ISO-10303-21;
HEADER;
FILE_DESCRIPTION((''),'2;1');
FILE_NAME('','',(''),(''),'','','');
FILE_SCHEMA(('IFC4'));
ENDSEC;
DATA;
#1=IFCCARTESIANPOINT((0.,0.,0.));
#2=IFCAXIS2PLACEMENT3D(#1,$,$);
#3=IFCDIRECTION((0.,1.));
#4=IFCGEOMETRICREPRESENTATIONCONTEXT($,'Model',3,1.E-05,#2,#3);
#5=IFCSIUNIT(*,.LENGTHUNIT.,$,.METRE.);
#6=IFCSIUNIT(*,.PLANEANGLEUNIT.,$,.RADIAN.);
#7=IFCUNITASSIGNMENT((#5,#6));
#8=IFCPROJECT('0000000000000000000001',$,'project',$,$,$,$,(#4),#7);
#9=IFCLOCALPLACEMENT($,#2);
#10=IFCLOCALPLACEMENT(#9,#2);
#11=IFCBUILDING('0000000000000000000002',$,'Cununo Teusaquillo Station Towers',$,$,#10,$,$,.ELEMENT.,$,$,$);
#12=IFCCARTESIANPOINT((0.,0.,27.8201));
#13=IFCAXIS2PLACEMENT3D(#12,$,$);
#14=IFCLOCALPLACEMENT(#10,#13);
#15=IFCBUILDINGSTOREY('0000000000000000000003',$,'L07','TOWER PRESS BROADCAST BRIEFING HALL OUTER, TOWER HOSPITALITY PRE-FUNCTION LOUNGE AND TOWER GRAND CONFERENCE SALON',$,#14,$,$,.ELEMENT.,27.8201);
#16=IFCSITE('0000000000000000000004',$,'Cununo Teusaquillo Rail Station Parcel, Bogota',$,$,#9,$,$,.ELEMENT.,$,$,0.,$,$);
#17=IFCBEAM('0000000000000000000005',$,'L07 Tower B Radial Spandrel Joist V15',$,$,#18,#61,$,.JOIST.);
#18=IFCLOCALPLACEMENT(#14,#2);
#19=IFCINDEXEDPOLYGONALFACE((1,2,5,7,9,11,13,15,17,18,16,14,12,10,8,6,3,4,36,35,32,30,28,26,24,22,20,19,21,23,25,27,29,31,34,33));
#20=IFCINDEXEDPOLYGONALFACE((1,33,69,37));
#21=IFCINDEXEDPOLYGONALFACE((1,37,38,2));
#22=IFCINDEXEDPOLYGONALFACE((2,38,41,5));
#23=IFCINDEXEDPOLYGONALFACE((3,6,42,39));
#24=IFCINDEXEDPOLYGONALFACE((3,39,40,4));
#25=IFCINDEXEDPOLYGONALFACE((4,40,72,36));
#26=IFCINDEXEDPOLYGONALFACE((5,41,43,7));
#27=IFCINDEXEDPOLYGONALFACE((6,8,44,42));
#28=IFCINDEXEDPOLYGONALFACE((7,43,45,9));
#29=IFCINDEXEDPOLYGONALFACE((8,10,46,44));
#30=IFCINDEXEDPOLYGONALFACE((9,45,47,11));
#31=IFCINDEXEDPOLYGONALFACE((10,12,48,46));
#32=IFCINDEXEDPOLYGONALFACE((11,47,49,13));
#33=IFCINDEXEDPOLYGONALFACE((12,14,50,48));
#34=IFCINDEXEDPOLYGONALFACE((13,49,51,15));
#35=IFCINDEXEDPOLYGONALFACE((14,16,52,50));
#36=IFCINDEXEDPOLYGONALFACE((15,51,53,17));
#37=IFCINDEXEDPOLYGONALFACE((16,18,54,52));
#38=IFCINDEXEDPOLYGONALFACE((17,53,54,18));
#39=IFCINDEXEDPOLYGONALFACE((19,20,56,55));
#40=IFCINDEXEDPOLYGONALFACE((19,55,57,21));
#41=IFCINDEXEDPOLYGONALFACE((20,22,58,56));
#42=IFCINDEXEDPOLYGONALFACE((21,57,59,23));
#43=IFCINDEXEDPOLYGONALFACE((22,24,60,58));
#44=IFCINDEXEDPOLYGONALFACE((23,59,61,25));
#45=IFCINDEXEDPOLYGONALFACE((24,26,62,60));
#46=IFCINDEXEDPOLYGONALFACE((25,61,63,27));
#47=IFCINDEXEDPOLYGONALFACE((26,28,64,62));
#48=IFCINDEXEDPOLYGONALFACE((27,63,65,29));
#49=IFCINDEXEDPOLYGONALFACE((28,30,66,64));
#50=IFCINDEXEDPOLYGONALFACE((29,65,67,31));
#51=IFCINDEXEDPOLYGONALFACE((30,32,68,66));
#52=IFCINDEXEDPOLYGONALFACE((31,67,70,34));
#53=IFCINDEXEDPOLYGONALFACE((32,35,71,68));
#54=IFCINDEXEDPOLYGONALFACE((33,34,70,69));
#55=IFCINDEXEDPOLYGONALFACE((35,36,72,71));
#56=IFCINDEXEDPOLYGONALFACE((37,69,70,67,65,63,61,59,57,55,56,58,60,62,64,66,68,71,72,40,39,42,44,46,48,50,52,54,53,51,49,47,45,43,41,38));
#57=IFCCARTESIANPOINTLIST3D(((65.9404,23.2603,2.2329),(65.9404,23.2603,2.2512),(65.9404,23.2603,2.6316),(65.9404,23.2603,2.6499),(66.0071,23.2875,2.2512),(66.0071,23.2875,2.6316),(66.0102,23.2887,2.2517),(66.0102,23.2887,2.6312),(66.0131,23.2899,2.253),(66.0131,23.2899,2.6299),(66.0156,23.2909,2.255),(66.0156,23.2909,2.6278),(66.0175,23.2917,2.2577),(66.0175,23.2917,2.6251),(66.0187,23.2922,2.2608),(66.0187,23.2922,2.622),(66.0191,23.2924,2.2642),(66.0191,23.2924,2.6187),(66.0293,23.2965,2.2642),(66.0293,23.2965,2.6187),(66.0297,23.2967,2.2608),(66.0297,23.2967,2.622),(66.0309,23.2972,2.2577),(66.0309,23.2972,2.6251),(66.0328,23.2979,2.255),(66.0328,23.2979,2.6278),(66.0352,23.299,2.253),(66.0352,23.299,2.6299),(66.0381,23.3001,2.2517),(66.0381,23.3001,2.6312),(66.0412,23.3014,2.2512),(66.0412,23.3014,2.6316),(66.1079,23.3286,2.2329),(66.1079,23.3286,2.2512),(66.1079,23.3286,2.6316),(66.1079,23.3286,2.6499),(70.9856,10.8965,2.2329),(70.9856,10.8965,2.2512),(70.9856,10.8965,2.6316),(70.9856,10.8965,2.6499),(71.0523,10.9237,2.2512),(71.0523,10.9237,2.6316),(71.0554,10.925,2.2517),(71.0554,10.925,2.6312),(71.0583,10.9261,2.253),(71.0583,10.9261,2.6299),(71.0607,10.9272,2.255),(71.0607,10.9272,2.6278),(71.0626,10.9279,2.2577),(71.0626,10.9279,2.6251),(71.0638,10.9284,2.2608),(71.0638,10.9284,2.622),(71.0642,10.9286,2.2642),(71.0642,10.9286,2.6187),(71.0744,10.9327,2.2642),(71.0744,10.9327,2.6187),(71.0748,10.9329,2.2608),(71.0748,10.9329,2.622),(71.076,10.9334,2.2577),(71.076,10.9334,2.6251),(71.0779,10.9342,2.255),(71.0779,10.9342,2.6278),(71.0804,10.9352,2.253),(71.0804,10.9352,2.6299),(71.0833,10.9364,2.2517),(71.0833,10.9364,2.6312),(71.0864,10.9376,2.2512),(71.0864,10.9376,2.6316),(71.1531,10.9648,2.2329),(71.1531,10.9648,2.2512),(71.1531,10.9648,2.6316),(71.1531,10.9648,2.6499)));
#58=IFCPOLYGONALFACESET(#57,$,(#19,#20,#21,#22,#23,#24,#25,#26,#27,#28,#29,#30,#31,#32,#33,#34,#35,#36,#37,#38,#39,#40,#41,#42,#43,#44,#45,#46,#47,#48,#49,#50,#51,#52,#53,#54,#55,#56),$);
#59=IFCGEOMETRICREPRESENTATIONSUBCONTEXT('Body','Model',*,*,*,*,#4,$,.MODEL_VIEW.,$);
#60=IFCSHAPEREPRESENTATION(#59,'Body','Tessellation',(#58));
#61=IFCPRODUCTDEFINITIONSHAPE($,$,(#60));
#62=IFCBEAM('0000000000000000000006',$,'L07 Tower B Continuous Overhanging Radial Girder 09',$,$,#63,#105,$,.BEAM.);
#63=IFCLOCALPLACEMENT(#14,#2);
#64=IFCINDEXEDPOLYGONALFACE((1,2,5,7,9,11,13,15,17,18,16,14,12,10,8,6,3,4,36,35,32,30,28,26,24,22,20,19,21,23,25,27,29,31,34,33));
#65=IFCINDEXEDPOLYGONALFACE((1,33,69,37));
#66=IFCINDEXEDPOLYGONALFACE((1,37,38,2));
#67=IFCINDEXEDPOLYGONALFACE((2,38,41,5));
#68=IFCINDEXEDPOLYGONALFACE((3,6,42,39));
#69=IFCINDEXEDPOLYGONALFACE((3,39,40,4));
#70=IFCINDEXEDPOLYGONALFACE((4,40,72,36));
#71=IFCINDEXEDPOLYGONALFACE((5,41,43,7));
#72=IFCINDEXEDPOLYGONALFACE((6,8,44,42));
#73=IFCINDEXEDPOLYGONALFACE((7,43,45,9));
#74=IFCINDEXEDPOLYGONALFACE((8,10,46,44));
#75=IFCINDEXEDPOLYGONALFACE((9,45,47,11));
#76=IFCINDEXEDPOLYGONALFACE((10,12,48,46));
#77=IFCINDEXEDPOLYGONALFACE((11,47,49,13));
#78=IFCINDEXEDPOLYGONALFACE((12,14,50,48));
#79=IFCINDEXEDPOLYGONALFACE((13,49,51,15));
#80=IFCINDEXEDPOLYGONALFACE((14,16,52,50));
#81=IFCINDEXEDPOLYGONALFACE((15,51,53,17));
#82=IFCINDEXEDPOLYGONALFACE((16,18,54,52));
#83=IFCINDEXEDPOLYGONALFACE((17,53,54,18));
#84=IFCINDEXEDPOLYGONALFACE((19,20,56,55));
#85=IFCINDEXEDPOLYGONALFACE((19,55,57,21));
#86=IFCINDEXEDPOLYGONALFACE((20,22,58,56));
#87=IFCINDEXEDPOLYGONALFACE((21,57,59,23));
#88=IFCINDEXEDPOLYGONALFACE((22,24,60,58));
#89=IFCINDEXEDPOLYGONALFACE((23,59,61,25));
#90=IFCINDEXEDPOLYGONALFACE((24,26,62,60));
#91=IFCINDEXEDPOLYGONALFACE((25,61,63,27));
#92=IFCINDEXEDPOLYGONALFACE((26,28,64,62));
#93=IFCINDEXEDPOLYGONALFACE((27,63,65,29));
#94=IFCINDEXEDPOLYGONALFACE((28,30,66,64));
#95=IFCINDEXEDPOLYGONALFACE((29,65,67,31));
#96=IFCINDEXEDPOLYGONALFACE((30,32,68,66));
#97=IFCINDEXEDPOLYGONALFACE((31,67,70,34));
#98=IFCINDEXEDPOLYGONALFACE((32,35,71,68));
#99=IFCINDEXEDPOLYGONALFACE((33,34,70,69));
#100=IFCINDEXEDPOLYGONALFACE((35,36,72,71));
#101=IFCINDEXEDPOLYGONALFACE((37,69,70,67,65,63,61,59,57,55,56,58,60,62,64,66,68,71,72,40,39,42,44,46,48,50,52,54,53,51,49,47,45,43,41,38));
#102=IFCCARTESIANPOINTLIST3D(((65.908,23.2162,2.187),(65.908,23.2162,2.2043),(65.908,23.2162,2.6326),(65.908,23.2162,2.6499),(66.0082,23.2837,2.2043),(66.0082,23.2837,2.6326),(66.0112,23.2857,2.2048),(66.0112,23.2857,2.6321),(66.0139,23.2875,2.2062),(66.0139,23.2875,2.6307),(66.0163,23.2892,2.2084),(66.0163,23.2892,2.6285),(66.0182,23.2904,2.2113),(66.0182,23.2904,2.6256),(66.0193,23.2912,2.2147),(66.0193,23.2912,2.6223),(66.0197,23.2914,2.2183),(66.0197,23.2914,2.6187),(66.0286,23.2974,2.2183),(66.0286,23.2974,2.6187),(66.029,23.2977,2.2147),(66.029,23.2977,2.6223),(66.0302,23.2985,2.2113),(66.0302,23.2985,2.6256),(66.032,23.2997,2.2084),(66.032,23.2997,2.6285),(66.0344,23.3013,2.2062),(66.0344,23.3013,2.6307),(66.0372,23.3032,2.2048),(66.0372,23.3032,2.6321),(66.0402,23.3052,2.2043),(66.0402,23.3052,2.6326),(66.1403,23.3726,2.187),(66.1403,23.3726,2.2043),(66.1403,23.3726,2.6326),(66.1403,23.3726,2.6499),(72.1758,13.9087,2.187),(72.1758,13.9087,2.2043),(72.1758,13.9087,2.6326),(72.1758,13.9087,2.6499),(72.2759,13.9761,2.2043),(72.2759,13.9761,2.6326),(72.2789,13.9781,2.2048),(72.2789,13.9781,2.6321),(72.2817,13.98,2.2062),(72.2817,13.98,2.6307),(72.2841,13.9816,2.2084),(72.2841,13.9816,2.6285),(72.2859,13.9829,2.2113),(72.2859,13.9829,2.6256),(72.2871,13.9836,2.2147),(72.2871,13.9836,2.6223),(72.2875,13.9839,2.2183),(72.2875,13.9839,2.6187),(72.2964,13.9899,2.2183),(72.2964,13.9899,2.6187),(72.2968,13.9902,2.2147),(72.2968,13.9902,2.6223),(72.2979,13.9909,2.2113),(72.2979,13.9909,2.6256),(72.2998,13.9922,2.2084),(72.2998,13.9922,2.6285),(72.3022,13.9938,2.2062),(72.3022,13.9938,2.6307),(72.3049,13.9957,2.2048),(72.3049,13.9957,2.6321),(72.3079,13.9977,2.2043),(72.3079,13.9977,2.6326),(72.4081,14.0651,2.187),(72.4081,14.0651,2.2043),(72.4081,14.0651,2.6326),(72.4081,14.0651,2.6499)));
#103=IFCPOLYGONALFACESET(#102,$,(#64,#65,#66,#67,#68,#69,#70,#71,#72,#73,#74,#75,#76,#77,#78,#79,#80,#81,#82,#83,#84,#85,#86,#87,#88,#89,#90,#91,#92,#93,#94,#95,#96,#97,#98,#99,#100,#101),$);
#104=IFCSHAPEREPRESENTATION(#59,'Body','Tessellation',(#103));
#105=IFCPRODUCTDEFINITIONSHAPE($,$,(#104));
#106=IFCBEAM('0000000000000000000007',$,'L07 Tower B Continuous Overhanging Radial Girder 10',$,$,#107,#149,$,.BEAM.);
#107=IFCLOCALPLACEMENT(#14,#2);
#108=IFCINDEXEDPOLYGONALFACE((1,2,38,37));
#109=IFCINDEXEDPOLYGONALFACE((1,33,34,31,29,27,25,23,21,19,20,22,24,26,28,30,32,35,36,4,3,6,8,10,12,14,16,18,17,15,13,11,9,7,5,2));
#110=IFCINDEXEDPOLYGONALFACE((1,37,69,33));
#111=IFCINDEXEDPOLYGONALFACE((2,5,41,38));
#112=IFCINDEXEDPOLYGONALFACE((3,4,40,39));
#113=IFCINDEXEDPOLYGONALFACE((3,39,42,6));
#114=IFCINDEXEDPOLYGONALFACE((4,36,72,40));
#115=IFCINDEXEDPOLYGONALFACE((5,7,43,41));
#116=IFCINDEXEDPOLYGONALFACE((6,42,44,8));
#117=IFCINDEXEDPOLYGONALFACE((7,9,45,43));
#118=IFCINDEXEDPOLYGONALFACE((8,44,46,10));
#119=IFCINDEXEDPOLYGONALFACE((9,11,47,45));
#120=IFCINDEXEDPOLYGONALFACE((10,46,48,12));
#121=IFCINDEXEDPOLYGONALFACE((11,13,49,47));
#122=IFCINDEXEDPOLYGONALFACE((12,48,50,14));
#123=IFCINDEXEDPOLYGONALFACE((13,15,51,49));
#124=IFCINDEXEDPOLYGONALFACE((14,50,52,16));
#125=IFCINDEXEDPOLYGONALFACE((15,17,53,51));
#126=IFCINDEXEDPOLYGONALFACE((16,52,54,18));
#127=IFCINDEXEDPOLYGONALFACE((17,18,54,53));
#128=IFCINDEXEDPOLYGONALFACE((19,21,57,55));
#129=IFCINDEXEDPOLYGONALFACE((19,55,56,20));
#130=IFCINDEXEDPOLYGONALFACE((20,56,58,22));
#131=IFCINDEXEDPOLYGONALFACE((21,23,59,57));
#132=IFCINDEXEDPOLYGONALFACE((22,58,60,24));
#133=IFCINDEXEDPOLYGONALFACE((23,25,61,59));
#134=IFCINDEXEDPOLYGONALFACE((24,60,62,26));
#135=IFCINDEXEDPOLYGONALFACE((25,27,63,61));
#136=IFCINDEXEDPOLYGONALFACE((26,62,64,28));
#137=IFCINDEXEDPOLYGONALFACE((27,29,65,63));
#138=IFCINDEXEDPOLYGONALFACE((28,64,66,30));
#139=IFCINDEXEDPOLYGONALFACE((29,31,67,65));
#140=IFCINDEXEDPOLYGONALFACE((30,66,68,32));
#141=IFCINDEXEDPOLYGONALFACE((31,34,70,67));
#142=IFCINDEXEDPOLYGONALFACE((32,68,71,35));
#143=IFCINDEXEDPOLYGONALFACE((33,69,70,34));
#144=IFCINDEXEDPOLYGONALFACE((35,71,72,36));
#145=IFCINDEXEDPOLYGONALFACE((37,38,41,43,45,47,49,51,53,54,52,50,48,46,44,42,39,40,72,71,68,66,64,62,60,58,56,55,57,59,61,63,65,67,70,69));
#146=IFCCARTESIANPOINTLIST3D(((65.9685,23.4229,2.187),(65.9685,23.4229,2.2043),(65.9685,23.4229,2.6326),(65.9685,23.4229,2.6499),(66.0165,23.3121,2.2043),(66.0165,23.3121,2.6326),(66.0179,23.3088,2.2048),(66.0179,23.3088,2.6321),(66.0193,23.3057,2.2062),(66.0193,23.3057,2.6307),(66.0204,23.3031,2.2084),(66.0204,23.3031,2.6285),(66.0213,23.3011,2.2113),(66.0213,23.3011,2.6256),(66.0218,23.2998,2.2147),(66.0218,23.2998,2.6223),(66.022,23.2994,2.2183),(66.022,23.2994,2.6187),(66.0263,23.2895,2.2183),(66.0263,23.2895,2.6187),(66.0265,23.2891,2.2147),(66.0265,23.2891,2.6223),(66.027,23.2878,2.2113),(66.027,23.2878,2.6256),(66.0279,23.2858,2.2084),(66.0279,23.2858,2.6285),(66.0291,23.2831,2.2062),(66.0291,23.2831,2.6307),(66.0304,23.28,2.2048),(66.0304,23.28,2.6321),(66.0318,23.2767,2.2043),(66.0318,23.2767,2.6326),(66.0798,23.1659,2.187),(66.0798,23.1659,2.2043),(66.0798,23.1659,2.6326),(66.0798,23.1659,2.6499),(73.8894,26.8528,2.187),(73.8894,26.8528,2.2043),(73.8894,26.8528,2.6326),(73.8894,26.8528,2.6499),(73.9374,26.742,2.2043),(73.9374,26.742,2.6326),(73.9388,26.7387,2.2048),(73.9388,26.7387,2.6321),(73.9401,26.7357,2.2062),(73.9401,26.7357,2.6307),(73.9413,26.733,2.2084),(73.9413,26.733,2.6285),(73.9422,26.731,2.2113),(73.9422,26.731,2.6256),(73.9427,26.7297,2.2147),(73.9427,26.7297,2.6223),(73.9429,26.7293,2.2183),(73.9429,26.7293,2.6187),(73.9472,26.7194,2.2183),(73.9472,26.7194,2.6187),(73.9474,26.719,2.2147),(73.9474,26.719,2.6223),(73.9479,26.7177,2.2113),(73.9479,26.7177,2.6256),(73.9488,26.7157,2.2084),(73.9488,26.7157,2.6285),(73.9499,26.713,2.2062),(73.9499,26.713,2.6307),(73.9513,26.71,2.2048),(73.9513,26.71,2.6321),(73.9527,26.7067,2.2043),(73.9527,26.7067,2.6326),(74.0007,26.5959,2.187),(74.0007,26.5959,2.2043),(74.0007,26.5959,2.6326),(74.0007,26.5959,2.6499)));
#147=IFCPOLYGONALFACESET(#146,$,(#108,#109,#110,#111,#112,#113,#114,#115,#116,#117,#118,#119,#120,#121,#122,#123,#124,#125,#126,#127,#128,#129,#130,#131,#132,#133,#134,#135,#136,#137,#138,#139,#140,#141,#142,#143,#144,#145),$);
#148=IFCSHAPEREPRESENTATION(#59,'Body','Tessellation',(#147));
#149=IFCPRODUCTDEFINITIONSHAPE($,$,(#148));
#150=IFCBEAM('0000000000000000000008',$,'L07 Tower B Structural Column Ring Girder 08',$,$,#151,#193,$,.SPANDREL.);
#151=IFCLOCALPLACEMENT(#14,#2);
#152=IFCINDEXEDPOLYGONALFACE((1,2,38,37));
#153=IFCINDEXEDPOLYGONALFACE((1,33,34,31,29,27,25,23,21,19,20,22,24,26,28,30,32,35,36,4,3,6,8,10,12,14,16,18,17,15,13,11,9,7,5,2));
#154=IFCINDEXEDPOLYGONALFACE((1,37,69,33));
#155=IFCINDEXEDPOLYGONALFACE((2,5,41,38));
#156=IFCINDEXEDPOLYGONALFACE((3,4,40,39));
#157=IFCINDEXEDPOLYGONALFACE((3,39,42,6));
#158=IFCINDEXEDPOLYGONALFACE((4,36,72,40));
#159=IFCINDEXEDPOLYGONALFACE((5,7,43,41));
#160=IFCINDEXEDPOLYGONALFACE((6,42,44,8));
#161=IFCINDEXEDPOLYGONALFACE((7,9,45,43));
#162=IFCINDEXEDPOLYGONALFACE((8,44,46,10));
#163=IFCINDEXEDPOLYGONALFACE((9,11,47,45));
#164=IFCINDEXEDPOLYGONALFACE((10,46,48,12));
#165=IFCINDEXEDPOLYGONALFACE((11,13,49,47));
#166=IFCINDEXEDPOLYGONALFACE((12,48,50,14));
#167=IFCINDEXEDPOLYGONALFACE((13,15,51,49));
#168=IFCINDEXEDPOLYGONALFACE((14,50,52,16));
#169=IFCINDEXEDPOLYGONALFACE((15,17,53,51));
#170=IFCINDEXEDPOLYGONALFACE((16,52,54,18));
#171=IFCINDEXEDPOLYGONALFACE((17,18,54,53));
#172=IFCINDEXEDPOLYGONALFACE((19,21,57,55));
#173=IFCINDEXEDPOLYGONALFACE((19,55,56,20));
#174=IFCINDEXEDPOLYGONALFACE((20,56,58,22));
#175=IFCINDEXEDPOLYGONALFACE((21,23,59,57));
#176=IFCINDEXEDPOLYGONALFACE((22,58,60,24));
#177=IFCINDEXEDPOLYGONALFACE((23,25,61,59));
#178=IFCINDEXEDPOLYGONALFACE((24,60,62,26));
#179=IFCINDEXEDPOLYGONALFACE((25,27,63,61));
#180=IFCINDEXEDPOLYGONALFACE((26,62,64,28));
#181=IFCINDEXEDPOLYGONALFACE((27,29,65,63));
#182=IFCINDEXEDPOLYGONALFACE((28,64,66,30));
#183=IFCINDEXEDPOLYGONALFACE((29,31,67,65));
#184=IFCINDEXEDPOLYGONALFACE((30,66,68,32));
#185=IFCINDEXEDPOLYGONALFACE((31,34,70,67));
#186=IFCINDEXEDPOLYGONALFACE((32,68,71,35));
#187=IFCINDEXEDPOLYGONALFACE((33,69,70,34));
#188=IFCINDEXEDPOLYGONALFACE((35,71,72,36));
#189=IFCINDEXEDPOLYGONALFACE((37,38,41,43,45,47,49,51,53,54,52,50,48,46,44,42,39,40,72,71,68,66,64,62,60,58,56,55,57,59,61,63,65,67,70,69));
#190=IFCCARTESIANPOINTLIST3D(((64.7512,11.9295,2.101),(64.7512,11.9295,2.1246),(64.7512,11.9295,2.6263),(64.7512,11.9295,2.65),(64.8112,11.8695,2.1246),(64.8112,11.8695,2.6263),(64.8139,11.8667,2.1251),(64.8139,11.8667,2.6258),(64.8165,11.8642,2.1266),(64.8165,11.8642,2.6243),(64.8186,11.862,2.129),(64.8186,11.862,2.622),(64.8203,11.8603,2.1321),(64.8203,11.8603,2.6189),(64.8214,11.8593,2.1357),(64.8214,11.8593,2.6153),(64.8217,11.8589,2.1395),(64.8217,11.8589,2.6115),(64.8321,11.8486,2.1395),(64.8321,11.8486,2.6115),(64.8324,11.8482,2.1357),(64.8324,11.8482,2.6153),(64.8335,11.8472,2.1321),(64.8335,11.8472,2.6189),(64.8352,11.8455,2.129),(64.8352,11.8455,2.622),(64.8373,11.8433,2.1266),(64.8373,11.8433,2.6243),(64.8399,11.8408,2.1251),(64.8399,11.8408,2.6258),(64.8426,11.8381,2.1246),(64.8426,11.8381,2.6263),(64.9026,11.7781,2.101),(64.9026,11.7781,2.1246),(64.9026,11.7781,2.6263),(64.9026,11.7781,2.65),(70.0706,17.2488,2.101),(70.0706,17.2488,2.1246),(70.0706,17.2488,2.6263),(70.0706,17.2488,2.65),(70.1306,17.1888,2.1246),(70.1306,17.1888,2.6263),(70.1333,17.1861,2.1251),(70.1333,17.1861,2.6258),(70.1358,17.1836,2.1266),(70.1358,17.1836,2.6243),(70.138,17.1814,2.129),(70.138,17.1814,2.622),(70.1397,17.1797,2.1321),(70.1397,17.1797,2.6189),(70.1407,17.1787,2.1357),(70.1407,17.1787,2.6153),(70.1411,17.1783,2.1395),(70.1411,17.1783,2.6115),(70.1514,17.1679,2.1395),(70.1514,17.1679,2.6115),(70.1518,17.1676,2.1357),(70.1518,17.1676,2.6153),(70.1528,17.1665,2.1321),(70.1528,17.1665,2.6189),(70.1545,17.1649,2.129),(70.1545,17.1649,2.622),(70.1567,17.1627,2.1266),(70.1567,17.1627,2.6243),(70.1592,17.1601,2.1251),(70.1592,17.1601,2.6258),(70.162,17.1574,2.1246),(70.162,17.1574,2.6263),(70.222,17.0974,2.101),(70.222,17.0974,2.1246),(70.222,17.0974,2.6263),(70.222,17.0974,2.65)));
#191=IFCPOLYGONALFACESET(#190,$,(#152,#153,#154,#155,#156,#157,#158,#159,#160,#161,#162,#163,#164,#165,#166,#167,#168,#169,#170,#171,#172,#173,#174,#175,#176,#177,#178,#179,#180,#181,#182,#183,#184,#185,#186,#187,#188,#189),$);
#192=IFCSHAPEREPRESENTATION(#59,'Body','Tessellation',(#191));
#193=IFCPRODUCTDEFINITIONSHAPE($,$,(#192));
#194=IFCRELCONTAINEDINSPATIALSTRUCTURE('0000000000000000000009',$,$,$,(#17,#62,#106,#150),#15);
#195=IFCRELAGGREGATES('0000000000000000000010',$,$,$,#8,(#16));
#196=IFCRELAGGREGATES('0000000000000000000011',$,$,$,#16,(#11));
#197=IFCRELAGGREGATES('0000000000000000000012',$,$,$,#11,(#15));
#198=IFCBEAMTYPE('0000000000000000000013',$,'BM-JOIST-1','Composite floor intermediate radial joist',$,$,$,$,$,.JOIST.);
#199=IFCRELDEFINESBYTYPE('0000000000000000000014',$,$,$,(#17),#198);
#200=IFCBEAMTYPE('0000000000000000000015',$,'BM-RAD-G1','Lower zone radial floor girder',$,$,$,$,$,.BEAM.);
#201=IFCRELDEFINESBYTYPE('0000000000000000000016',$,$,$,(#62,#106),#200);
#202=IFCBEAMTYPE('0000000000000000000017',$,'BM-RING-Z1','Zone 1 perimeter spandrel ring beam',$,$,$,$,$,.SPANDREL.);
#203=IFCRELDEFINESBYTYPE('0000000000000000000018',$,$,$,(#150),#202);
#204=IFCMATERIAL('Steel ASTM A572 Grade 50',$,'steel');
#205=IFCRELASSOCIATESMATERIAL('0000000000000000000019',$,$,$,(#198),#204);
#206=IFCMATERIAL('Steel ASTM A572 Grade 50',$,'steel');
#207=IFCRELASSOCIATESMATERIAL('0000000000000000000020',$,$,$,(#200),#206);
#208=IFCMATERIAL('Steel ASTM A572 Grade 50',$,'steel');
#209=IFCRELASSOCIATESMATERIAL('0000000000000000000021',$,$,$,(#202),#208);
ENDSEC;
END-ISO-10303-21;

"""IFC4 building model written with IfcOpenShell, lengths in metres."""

from ifc_helpers import new_model, si_unit, direction, frame, origin, origin_2d, place, context, subcontext, project, spatial, i_section, extrude, material, material_profile, profile_set, type_object, element, save


model = new_model("IFC4")

# Units and contexts
model_context = context("Model", 3, precision=1e-05, world=origin(), true_north=direction((0.0, 1.0)))
body_context = subcontext(model_context, "Body", "Model", "MODEL_VIEW")
ifc_project = project(units=[si_unit("LENGTHUNIT", "METRE"), si_unit("PLANEANGLEUNIT", "RADIAN")], contexts=[model_context])

# Site, building, storey
site_placement = place(None, origin())
site = spatial("IfcSite", under=ifc_project, at=site_placement, Name="Cununo Teusaquillo Rail Station Parcel, Bogota", CompositionType="ELEMENT", RefElevation=0.0)
building_placement = place(site_placement, origin())
building = spatial("IfcBuilding", under=site, at=building_placement, Name="Cununo Teusaquillo Station Towers", CompositionType="ELEMENT")
storey_placement = place(building_placement, frame((0.0, 0.0, 27.8201)))
storey = spatial("IfcBuildingStorey", under=building, at=storey_placement, Name="L07", Description="TOWER PRESS BROADCAST BRIEFING HALL OUTER, TOWER HOSPITALITY PRE-FUNCTION LOUNGE AND TOWER GRAND CONFERENCE SALON", CompositionType="ELEMENT", Elevation=27.8201)

# Beams
ifc_material_1 = material(Name="Steel ASTM A572 Grade 50", Category="steel")
ifc_material_profile_1 = material_profile(ifc_material_1, i_section(OverallWidth=0.1809, OverallDepth=0.417, WebThickness=0.011, FlangeThickness=0.0183, FilletRadius=0.0129, at=origin_2d()), Name="W16X57")
ifc_profile_set_1 = profile_set([ifc_material_profile_1], Name="Steel ASTM A572 Grade 50")
beam_type_1 = type_object("IfcBeamType", Name="BM-JOIST-1", Description="Composite floor intermediate radial joist", PredefinedType="JOIST", material=ifc_profile_set_1)
beam_1_placement = place(storey_placement, frame((66.0242, 23.2944, 2.4414), z_axis=(0.377815, -0.925881, 0.0), x_axis=(0.925881, 0.377815, 0.0)))
element("IfcBeam", 1, at=beam_1_placement, inside=storey, type_object=beam_type_1, Name="L07 Tower B Radial Spandrel Joist V15", PredefinedType="JOIST", context=body_context, shape_type="SweptSolid", body=[
    extrude(i_section(OverallWidth=0.1809, OverallDepth=0.417, WebThickness=0.011, FlangeThickness=0.0183, FilletRadius=0.0129, at=origin_2d()), origin(), (0.0, 0.0, 1.0), 13.3535),
])
ifc_material_2 = material(Name="Steel ASTM A572 Grade 50", Category="steel")
ifc_material_profile_2 = material_profile(ifc_material_2, i_section(OverallWidth=0.28, OverallDepth=0.4629, WebThickness=0.0107, FlangeThickness=0.0173, FilletRadius=0.0139, at=origin_2d()), Name="W18X76")
ifc_profile_set_2 = profile_set([ifc_material_profile_2], Name="Steel ASTM A572 Grade 50")
beam_type_2 = type_object("IfcBeamType", Name="BM-RAD-G1", Description="Lower zone radial floor girder", PredefinedType="BEAM", material=ifc_profile_set_2)
beam_2_placement = place(storey_placement, frame((66.0242, 23.2944, 2.4185), z_axis=(0.558565, -0.829461, 0.0), x_axis=(0.829461, 0.558565, 0.0)))
element("IfcBeam", 2, at=beam_2_placement, inside=storey, type_object=beam_type_2, Name="L07 Tower B Continuous Overhanging Radial Girder 09", PredefinedType="BEAM", context=body_context, shape_type="SweptSolid", body=[
    extrude(i_section(OverallWidth=0.28, OverallDepth=0.4629, WebThickness=0.0107, FlangeThickness=0.0173, FilletRadius=0.0139, at=origin_2d()), origin(), (0.0, 0.0, 1.0), 11.2212),
])
beam_3_placement = place(storey_placement, frame((66.0242, 23.2944, 2.4185), z_axis=(0.917659, 0.397368, 0.0), x_axis=(-0.397368, 0.917659, 0.0)))
element("IfcBeam", 3, at=beam_3_placement, inside=storey, type_object=beam_type_2, Name="L07 Tower B Continuous Overhanging Radial Girder 10", PredefinedType="BEAM", context=body_context, shape_type="SweptSolid", body=[
    extrude(i_section(OverallWidth=0.28, OverallDepth=0.4629, WebThickness=0.0107, FlangeThickness=0.0173, FilletRadius=0.0139, at=origin_2d()), origin(), (0.0, 0.0, 1.0), 8.6316),
])
ifc_material_3 = material(Name="Steel ASTM A572 Grade 50", Category="steel")
ifc_material_profile_3 = material_profile(ifc_material_3, i_section(OverallWidth=0.2141, OverallDepth=0.5491, WebThickness=0.0146, FlangeThickness=0.0237, FilletRadius=0.0149, at=origin_2d()), Name="W21X93")
ifc_profile_set_3 = profile_set([ifc_material_profile_3], Name="Steel ASTM A572 Grade 50")
beam_type_3 = type_object("IfcBeamType", Name="BM-RING-Z1", Description="Zone 1 perimeter spandrel ring beam", PredefinedType="SPANDREL", material=ifc_profile_set_3)
beam_4_placement = place(storey_placement, frame((64.8269, 11.8538, 2.3755), z_axis=(0.707107, 0.707107, 0.0), x_axis=(-0.707107, 0.707107, 0.0)))
element("IfcBeam", 4, at=beam_4_placement, inside=storey, type_object=beam_type_3, Name="L07 Tower B Structural Column Ring Girder 08", PredefinedType="SPANDREL", context=body_context, shape_type="SweptSolid", body=[
    extrude(i_section(OverallWidth=0.2141, OverallDepth=0.5491, WebThickness=0.0146, FlangeThickness=0.0237, FilletRadius=0.0149, at=origin_2d()), origin(), (0.0, 0.0, 1.0), 7.5227),
])

save(model, "model.ifc")
